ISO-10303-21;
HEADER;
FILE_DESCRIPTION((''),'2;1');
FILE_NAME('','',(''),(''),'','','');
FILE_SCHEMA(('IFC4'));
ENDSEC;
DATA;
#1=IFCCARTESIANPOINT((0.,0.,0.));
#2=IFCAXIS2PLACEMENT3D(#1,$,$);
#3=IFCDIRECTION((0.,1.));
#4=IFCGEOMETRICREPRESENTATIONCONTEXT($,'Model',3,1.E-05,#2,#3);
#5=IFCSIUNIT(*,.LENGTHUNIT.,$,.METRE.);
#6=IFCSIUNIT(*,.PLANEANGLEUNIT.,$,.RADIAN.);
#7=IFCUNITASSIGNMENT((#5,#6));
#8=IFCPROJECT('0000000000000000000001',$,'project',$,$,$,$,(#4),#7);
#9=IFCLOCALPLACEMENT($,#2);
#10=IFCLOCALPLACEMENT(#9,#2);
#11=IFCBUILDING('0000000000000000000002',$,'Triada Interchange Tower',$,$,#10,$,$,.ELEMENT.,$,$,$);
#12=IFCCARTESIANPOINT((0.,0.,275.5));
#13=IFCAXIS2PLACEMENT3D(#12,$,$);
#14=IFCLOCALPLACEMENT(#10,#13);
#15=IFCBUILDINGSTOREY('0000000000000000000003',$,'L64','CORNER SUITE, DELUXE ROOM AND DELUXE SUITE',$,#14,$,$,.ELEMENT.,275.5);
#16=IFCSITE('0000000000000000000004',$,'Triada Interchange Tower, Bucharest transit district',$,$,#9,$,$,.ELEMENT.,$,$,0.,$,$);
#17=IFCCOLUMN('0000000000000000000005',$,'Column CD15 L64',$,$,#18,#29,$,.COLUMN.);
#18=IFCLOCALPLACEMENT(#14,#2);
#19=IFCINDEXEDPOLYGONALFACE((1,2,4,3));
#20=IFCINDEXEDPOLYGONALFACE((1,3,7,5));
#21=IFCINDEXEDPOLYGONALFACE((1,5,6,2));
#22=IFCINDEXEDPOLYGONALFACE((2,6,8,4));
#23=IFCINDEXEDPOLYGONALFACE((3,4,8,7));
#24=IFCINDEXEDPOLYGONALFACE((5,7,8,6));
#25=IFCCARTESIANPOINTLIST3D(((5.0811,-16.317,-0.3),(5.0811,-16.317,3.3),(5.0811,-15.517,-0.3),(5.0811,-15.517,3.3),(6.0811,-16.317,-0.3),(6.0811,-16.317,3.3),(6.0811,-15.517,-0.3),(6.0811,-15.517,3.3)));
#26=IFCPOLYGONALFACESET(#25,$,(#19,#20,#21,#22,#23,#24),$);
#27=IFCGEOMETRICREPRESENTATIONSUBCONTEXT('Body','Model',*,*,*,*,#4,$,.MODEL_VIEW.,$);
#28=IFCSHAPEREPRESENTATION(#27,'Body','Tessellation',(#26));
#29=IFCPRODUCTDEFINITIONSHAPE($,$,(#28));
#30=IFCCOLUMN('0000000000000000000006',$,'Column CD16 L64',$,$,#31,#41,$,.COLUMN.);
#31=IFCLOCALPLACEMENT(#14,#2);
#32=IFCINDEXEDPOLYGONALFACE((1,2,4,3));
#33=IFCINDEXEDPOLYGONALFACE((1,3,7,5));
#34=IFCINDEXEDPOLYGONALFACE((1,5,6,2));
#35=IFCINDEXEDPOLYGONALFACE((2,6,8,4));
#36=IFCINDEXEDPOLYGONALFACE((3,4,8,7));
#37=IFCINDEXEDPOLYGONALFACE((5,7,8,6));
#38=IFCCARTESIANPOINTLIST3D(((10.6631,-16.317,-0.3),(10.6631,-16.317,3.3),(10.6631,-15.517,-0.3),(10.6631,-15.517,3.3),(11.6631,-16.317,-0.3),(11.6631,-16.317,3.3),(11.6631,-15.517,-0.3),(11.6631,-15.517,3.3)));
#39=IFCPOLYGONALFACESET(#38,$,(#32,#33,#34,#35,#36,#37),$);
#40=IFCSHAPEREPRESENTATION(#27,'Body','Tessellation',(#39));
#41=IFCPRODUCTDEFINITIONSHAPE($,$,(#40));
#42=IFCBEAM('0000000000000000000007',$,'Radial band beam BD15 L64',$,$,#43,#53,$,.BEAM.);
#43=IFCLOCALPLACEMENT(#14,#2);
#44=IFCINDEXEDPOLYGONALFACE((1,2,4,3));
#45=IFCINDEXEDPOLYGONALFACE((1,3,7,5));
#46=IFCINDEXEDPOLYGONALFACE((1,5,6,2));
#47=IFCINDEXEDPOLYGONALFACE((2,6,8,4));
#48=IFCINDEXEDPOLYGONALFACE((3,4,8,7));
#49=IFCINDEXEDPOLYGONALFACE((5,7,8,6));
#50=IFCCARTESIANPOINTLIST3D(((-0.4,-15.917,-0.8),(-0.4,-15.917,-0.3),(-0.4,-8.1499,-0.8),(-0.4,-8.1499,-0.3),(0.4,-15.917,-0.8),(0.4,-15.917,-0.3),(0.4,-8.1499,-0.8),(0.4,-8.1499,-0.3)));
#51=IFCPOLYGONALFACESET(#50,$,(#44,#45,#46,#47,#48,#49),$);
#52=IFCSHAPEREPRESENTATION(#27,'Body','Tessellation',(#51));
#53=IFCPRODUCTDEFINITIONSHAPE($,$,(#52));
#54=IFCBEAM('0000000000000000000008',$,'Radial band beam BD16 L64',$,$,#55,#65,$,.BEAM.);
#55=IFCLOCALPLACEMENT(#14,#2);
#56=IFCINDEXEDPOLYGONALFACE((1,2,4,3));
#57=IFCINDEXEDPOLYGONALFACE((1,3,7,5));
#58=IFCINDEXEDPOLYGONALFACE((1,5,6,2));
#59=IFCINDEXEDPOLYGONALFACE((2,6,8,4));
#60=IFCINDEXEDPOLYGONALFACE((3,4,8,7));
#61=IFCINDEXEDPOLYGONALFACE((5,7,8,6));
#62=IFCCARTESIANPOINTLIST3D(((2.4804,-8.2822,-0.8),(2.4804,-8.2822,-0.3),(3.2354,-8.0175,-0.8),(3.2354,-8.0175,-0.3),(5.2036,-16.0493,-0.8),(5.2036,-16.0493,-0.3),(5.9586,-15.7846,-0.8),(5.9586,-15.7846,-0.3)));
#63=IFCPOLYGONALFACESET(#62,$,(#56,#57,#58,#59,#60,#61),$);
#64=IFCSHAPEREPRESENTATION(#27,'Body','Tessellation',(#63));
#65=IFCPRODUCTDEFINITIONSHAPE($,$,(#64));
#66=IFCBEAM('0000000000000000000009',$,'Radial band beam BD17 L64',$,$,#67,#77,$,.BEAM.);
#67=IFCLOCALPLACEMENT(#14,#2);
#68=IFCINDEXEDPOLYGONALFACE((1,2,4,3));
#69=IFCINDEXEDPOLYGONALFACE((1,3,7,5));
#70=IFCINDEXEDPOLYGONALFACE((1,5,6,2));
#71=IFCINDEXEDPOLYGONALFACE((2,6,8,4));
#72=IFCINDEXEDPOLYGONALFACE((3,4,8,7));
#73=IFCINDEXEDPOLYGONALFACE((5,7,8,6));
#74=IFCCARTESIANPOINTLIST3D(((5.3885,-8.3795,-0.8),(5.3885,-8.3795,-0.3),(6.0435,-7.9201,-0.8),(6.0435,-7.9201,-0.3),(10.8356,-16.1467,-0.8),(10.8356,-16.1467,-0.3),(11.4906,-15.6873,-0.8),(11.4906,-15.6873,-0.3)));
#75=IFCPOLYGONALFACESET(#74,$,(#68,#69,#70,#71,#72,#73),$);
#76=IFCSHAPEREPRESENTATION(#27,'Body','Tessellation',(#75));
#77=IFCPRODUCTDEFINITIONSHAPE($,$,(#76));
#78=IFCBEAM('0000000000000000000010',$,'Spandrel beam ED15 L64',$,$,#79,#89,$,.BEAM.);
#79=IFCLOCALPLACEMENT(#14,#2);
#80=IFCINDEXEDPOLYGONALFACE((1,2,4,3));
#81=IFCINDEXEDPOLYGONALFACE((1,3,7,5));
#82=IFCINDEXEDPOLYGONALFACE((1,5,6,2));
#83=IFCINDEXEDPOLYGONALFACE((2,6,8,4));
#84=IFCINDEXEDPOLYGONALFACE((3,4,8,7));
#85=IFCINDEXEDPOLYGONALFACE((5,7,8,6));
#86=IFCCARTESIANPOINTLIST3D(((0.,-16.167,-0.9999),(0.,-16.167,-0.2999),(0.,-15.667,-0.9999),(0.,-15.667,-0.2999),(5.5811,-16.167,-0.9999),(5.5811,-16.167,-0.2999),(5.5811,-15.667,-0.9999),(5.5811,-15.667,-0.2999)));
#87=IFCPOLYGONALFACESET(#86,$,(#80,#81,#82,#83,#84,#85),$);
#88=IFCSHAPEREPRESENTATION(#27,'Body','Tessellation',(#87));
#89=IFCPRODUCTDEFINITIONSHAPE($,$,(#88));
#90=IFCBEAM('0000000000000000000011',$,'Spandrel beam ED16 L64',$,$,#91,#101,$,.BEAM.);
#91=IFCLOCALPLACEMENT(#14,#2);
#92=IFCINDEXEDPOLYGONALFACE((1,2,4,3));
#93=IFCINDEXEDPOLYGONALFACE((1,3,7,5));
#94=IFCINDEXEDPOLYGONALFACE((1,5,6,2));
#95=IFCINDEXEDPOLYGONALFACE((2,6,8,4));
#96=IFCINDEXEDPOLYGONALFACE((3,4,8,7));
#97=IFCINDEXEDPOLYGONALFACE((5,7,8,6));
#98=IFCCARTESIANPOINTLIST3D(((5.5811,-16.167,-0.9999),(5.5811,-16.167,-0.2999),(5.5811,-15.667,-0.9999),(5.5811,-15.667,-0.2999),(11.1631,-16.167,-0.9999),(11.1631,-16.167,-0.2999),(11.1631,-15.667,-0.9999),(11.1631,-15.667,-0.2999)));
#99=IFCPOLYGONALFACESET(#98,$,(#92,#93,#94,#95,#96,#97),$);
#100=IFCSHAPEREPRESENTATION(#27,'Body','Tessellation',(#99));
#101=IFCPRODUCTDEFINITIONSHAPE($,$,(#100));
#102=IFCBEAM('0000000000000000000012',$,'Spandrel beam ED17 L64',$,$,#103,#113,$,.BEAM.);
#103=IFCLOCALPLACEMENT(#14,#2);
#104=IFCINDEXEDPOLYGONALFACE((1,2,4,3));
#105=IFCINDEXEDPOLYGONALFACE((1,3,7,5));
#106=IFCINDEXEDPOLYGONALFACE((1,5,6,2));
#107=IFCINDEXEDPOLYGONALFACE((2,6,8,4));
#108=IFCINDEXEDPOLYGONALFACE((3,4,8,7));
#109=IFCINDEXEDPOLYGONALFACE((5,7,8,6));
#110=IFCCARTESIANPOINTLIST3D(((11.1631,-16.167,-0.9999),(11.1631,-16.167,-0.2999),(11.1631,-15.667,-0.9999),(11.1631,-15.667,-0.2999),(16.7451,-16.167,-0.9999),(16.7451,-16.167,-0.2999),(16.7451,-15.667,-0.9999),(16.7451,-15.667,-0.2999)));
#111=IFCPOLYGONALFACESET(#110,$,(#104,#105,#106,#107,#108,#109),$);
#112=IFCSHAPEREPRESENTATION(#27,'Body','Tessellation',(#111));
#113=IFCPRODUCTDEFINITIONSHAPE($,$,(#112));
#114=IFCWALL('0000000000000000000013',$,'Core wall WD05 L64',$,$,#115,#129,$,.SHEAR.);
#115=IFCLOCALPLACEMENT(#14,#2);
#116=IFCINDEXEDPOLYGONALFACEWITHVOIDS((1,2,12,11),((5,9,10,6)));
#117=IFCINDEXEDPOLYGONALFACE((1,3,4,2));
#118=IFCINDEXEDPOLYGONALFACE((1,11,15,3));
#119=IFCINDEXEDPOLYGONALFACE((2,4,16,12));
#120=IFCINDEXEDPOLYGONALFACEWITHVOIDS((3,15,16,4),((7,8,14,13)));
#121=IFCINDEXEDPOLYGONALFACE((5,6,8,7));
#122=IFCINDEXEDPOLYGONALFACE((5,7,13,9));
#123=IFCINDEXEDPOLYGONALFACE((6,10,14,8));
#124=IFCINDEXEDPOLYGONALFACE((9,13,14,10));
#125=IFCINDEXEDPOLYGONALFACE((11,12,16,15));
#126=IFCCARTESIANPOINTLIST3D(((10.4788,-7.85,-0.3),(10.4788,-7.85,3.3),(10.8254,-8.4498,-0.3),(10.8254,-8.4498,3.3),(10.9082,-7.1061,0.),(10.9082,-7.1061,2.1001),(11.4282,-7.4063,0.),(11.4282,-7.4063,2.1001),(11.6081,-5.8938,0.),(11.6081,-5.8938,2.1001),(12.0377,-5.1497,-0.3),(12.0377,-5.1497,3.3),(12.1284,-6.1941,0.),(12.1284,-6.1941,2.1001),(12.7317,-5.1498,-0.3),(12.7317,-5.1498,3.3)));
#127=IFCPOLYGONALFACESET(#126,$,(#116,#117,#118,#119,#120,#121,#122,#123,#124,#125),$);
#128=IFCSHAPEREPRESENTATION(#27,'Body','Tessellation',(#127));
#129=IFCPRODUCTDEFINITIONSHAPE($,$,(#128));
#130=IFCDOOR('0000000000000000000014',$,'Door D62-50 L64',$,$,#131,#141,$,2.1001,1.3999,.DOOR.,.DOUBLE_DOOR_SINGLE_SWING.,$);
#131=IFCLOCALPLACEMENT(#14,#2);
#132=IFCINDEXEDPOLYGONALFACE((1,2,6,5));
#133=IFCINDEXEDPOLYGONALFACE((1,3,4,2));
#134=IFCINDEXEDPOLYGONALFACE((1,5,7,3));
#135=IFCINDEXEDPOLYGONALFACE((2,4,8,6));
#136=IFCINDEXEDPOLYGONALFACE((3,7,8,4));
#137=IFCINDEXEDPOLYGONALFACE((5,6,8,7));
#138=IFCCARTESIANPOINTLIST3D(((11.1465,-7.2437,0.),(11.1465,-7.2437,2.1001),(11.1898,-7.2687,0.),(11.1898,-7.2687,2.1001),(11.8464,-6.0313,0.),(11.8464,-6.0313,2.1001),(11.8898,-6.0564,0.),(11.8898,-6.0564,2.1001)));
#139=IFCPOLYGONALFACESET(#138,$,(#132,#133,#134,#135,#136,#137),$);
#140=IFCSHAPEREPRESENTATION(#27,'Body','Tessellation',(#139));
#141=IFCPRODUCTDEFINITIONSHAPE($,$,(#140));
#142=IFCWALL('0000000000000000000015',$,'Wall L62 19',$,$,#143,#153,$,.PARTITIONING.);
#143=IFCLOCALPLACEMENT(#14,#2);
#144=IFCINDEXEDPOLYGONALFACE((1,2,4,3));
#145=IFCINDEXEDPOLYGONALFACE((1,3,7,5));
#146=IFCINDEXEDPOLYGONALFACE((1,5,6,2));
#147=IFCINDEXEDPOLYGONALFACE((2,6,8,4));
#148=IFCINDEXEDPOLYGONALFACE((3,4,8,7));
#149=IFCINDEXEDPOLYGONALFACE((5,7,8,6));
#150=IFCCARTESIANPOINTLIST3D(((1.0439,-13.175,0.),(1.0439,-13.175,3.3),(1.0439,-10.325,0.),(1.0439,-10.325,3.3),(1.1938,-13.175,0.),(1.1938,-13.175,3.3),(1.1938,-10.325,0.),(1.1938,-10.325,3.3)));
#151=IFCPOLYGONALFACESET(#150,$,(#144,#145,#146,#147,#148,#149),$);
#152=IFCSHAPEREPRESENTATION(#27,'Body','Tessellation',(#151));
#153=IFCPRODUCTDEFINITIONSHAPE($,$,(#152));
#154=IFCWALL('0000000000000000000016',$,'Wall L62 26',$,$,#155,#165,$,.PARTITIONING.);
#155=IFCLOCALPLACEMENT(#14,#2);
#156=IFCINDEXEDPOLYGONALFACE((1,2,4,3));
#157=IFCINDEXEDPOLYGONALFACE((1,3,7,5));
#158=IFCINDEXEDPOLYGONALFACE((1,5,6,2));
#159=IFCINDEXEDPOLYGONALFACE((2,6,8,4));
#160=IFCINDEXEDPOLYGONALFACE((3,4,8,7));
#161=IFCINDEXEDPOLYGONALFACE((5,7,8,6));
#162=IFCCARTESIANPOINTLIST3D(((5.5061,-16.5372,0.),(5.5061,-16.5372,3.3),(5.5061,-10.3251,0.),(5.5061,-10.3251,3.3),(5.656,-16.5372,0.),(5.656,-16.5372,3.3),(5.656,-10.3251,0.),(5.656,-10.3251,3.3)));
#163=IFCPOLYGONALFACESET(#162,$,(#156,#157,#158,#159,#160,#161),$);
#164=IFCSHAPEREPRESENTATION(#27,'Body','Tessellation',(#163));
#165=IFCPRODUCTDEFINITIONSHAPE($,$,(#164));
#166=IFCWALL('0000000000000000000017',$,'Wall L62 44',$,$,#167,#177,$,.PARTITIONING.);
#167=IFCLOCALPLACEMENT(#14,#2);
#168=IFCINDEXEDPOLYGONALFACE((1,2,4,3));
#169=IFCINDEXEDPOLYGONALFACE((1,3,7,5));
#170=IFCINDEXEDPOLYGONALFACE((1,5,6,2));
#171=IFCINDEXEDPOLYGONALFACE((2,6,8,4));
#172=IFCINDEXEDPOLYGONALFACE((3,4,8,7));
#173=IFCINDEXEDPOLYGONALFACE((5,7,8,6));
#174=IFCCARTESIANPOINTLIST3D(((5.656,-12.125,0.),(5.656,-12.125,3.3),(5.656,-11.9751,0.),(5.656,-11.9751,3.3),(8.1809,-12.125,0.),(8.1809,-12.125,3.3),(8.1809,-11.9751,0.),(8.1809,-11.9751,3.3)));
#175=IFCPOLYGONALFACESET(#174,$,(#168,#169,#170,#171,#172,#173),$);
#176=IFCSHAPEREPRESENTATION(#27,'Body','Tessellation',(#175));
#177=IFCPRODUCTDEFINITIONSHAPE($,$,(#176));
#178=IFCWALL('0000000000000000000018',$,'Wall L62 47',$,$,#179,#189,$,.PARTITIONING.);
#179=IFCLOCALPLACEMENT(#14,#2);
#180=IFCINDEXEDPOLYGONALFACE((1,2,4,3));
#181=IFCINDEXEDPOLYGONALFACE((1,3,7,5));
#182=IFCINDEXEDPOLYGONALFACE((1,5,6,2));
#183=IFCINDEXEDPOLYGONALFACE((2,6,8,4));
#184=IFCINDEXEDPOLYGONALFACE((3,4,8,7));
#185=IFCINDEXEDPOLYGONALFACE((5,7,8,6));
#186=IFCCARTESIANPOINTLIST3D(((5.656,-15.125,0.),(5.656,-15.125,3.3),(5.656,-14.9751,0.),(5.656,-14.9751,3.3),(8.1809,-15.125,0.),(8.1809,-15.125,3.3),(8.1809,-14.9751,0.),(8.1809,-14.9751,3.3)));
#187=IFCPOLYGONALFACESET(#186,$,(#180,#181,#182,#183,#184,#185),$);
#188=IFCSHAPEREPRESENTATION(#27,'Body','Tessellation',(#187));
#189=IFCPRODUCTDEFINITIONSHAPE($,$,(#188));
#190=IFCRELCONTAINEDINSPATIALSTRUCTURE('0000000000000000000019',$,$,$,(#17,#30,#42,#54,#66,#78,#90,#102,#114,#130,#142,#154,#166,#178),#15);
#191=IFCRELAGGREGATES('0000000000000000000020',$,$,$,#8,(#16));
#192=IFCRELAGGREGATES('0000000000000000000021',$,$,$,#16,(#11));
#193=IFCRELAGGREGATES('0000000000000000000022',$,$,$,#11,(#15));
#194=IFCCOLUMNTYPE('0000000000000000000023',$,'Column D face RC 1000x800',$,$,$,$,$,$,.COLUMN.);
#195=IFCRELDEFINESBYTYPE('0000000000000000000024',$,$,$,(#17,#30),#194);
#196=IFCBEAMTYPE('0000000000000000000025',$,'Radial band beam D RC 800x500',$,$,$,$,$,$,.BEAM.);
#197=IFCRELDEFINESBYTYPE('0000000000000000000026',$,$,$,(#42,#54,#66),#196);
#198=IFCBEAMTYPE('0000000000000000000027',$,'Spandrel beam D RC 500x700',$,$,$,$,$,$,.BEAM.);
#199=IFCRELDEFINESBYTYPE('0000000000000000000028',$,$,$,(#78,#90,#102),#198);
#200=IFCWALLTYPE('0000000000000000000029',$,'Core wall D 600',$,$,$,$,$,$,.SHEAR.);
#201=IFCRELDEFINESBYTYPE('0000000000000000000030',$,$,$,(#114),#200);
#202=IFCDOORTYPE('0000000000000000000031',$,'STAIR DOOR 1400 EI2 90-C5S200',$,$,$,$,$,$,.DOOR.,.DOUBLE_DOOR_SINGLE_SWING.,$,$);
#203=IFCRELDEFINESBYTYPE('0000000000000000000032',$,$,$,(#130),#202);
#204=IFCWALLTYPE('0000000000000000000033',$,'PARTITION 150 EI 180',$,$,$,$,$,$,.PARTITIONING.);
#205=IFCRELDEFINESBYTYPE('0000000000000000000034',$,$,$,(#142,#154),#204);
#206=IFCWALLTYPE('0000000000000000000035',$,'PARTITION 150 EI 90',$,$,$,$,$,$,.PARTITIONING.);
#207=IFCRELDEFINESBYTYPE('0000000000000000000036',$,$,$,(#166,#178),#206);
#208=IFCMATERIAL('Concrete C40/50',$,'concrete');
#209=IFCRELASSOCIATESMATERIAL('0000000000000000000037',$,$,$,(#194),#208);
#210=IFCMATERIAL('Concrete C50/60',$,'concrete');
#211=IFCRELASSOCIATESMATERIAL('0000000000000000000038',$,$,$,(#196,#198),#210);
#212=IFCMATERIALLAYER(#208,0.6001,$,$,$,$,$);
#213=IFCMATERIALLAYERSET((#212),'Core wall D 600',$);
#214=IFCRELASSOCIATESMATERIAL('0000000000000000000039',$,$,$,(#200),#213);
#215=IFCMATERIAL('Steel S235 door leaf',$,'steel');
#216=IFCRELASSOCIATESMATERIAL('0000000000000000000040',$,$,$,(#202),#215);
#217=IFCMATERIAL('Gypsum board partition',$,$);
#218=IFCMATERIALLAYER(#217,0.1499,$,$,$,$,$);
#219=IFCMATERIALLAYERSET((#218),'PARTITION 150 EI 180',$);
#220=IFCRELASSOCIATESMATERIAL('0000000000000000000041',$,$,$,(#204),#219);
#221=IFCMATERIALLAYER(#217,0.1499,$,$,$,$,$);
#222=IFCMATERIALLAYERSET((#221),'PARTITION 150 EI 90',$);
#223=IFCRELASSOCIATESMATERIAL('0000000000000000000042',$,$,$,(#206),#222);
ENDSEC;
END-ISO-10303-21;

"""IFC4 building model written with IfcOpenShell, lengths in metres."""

from ifc_helpers import new_model, si_unit, direction, frame, frame_2d, origin, origin_2d, place, context, subcontext, project, spatial, polyline, rectangle, outline, extrude, material, layer, layer_set, material_profile, profile_set, type_object, element, fill, save


model = new_model("IFC4")

# Units and contexts
model_context = context("Model", 3, precision=1e-05, world=origin(), true_north=direction((0.0, 1.0)))
body_context = subcontext(model_context, "Body", "Model", "MODEL_VIEW")
ifc_project = project(units=[si_unit("LENGTHUNIT", "METRE"), si_unit("PLANEANGLEUNIT", "RADIAN")], contexts=[model_context])

# Site, building, storey
site_placement = place(None, origin())
site = spatial("IfcSite", under=ifc_project, at=site_placement, Name="Triada Interchange Tower, Bucharest transit district", CompositionType="ELEMENT", RefElevation=0.0)
building_placement = place(site_placement, origin())
building = spatial("IfcBuilding", under=site, at=building_placement, Name="Triada Interchange Tower", CompositionType="ELEMENT")
storey_placement = place(building_placement, frame((0.0, 0.0, 275.5)))
storey = spatial("IfcBuildingStorey", under=building, at=storey_placement, Name="L64", Description="CORNER SUITE, DELUXE ROOM AND DELUXE SUITE", CompositionType="ELEMENT", Elevation=275.5)

# Columns
ifc_material_1 = material(Name="Concrete C40/50", Category="concrete")
ifc_material_profile_1 = material_profile(ifc_material_1, rectangle(XDim=1.0, YDim=0.8, at=origin_2d()), Name="RC 1000x800")
ifc_profile_set_1 = profile_set([ifc_material_profile_1], Name="Concrete C40/50")
column_type = type_object("IfcColumnType", Name="Column D face RC 1000x800", PredefinedType="COLUMN", material=ifc_profile_set_1)
for number, where, z_axis, x_axis, name in (
    (1, (5.5811, -15.917, -0.3), (0.0, 0.0, 1.0), (1.0, 0.0, 0.0), "Column CD15 L64"),
    (2, (11.1631, -15.917, -0.3), (0.0, 0.0, 1.0), (1.0, 0.0, 0.0), "Column CD16 L64"),
):
    element("IfcColumn", number, at=place(storey_placement, frame(where, z_axis=z_axis, x_axis=x_axis)), inside=storey, type_object=column_type, Name=name, PredefinedType="COLUMN", context=body_context, shape_type="SweptSolid", body=[
        extrude(rectangle(XDim=1.0, YDim=0.8, at=origin_2d()), origin(), (0.0, 0.0, 1.0), 3.6001),
    ])

# Beams
ifc_material_2 = material(Name="Concrete C50/60", Category="concrete")
ifc_material_profile_2 = material_profile(ifc_material_2, rectangle(XDim=0.8, YDim=0.5, at=origin_2d()), Name="RC 800x500")
ifc_profile_set_2 = profile_set([ifc_material_profile_2], Name="Concrete C50/60")
beam_type_1 = type_object("IfcBeamType", Name="Radial band beam D RC 800x500", PredefinedType="BEAM", material=ifc_profile_set_2)
beam_1_placement = place(storey_placement, frame((0.0, -15.917, -0.55), z_axis=(0.0, 1.0, 0.0), x_axis=(-1.0, 0.0, 0.0)))
element("IfcBeam", 3, at=beam_1_placement, inside=storey, type_object=beam_type_1, Name="Radial band beam BD15 L64", PredefinedType="BEAM", context=body_context, shape_type="SweptSolid", body=[
    extrude(rectangle(XDim=0.8, YDim=0.5, at=origin_2d()), origin(), (0.0, 0.0, 1.0), 7.7671),
])
beam_2_placement = place(storey_placement, frame((5.5811, -15.917, -0.55), z_axis=(-0.330855, 0.943682, 0.0), x_axis=(-0.943682, -0.330855, 0.0)))
element("IfcBeam", 4, at=beam_2_placement, inside=storey, type_object=beam_type_1, Name="Radial band beam BD16 L64", PredefinedType="BEAM", context=body_context, shape_type="SweptSolid", body=[
    extrude(rectangle(XDim=0.8, YDim=0.5, at=origin_2d()), origin(), (0.0, 0.0, 1.0), 8.2307),
])
beam_3_placement = place(storey_placement, frame((11.1631, -15.917, -0.55), z_axis=(-0.574174, 0.818733, 0.0), x_axis=(-0.818733, -0.574174, 0.0)))
element("IfcBeam", 5, at=beam_3_placement, inside=storey, type_object=beam_type_1, Name="Radial band beam BD17 L64", PredefinedType="BEAM", context=body_context, shape_type="SweptSolid", body=[
    extrude(rectangle(XDim=0.8, YDim=0.5, at=origin_2d()), origin(), (0.0, 0.0, 1.0), 9.4868),
])
ifc_material_profile_3 = material_profile(ifc_material_2, rectangle(XDim=0.5, YDim=0.7, at=origin_2d()), Name="RC 500x700")
ifc_profile_set_3 = profile_set([ifc_material_profile_3], Name="Concrete C50/60")
beam_type_2 = type_object("IfcBeamType", Name="Spandrel beam D RC 500x700", PredefinedType="BEAM", material=ifc_profile_set_3)
beam_4_placement = place(storey_placement, frame((0.0, -15.917, -0.6499), z_axis=(1.0, 0.0, 0.0), x_axis=(0.0, 1.0, 0.0)))
element("IfcBeam", 6, at=beam_4_placement, inside=storey, type_object=beam_type_2, Name="Spandrel beam ED15 L64", PredefinedType="BEAM", context=body_context, shape_type="SweptSolid", body=[
    extrude(rectangle(XDim=0.5, YDim=0.7, at=origin_2d()), origin(), (0.0, 0.0, 1.0), 5.5811),
])
for number, where, z_axis, x_axis, name in (
    (7, (5.5811, -15.917, -0.6499), (1.0, 0.0, 0.0), (0.0, 1.0, 0.0), "Spandrel beam ED16 L64"),
    (8, (11.1631, -15.917, -0.6499), (1.0, 0.0, 0.0), (0.0, 1.0, 0.0), "Spandrel beam ED17 L64"),
):
    element("IfcBeam", number, at=place(storey_placement, frame(where, z_axis=z_axis, x_axis=x_axis)), inside=storey, type_object=beam_type_2, Name=name, PredefinedType="BEAM", context=body_context, shape_type="SweptSolid", body=[
        extrude(rectangle(XDim=0.5, YDim=0.7, at=origin_2d()), origin(), (0.0, 0.0, 1.0), 5.582),
    ])

# Wall, opening, door
ifc_layer_1 = layer(ifc_material_1, 0.6001)
ifc_layer_set_1 = layer_set([ifc_layer_1], Name="Core wall D 600")
wall_type_1 = type_object("IfcWallType", Name="Core wall D 600", PredefinedType="SHEAR", material=ifc_layer_set_1)
wall_1_placement = place(storey_placement, frame((10.6521, -8.1499, -0.3), z_axis=(0.0, 0.0, 1.0), x_axis=(0.499975, 0.86604, 0.0)))
wall_1 = element("IfcWall", 9, at=wall_1_placement, inside=storey, type_object=wall_type_1, Name="Core wall WD05 L64", PredefinedType="SHEAR", context=body_context, shape_type="SweptSolid", body=[
    extrude(outline(polyline([(-0.1731, -0.3), (1.7324, -0.3005), (3.6379, -0.301), (3.291, 0.3), (1.7319, 0.3), (0.1731, 0.3), (-0.1731, -0.3)])), origin(), (0.0, 0.0, 1.0), 3.6001),
])
opening_1_placement = place(wall_1_placement, frame((1.032, 0.0, 0.3)))
opening_1 = element("IfcOpeningElement", 10, at=opening_1_placement, cuts=wall_1, PredefinedType="OPENING", context=body_context, shape_type="SweptSolid", body=[
    extrude(rectangle(XDim=1.3999, YDim=2.1001, at=frame_2d((0.7, 1.05))), frame((0.0, 0.3101, 0.0), z_axis=(0.0, -1.0, 0.0), x_axis=(1.0, 0.0, 0.0)), (0.0, 0.0, 1.0), 0.6211),
])
ifc_material_3 = material(Name="Steel S235 door leaf", Category="steel")
door_type_1 = type_object("IfcDoorType", Name="STAIR DOOR 1400 EI2 90-C5S200", OperationType="DOUBLE_DOOR_SINGLE_SWING", PredefinedType="DOOR", material=ifc_material_3)
door_1_placement = place(opening_1_placement, origin())
door_1 = element("IfcDoor", 11, at=door_1_placement, inside=storey, type_object=door_type_1, Name="Door D62-50 L64", OperationType="DOUBLE_DOOR_SINGLE_SWING", OverallHeight=2.1001, OverallWidth=1.3999, PredefinedType="DOOR", context=body_context, shape_type="SweptSolid", body=[
    extrude(rectangle(XDim=1.3999, YDim=2.1001, at=frame_2d((0.7, 1.05))), frame((0.0, 0.0249, 0.0), z_axis=(0.0, -1.0, 0.0), x_axis=(1.0, 0.0, 0.0)), (0.0, 0.0, 1.0), 0.05),
])
fill(opening_1, door_1)

# Walls
ifc_material_4 = material(Name="Gypsum board partition")
ifc_layer_2 = layer(ifc_material_4, 0.1499)
ifc_layer_set_2 = layer_set([ifc_layer_2], Name="PARTITION 150 EI 180")
wall_type_2 = type_object("IfcWallType", Name="PARTITION 150 EI 180", PredefinedType="PARTITIONING", material=ifc_layer_set_2)
wall_2_placement = place(storey_placement, frame((1.1189, -13.175, 0.0), z_axis=(0.0, 0.0, 1.0), x_axis=(0.0, 1.0, 0.0)))
element("IfcWall", 12, at=wall_2_placement, inside=storey, type_object=wall_type_2, Name="Wall L62 19", PredefinedType="PARTITIONING", context=body_context, shape_type="SweptSolid", body=[
    extrude(rectangle(XDim=2.8501, YDim=0.1499, at=frame_2d((1.425, 0.0))), origin(), (0.0, 0.0, 1.0), 3.3),
])
wall_3_placement = place(storey_placement, frame((5.5811, -16.5371, 0.0), z_axis=(0.0, 0.0, 1.0), x_axis=(0.0, 1.0, 0.0)))
element("IfcWall", 13, at=wall_3_placement, inside=storey, type_object=wall_type_2, Name="Wall L62 26", PredefinedType="PARTITIONING", context=body_context, shape_type="SweptSolid", body=[
    extrude(rectangle(XDim=6.2122, YDim=0.1499, at=frame_2d((3.106, 0.0))), origin(), (0.0, 0.0, 1.0), 3.3),
])
ifc_layer_3 = layer(ifc_material_4, 0.1499)
ifc_layer_set_3 = layer_set([ifc_layer_3], Name="PARTITION 150 EI 90")
wall_type_3 = type_object("IfcWallType", Name="PARTITION 150 EI 90", PredefinedType="PARTITIONING", material=ifc_layer_set_3)
for number, where, z_axis, x_axis, name in (
    (14, (5.656, -12.05, 0.0), (0.0, 0.0, 1.0), (1.0, 0.0, 0.0), "Wall L62 44"),
    (15, (5.656, -15.05, 0.0), (0.0, 0.0, 1.0), (1.0, 0.0, 0.0), "Wall L62 47"),
):
    element("IfcWall", number, at=place(storey_placement, frame(where, z_axis=z_axis, x_axis=x_axis)), inside=storey, type_object=wall_type_3, Name=name, PredefinedType="PARTITIONING", context=body_context, shape_type="SweptSolid", body=[
        extrude(rectangle(XDim=2.5249, YDim=0.1499, at=frame_2d((1.2625, 0.0))), origin(), (0.0, 0.0, 1.0), 3.3),
    ])

save(model, "model.ifc")
